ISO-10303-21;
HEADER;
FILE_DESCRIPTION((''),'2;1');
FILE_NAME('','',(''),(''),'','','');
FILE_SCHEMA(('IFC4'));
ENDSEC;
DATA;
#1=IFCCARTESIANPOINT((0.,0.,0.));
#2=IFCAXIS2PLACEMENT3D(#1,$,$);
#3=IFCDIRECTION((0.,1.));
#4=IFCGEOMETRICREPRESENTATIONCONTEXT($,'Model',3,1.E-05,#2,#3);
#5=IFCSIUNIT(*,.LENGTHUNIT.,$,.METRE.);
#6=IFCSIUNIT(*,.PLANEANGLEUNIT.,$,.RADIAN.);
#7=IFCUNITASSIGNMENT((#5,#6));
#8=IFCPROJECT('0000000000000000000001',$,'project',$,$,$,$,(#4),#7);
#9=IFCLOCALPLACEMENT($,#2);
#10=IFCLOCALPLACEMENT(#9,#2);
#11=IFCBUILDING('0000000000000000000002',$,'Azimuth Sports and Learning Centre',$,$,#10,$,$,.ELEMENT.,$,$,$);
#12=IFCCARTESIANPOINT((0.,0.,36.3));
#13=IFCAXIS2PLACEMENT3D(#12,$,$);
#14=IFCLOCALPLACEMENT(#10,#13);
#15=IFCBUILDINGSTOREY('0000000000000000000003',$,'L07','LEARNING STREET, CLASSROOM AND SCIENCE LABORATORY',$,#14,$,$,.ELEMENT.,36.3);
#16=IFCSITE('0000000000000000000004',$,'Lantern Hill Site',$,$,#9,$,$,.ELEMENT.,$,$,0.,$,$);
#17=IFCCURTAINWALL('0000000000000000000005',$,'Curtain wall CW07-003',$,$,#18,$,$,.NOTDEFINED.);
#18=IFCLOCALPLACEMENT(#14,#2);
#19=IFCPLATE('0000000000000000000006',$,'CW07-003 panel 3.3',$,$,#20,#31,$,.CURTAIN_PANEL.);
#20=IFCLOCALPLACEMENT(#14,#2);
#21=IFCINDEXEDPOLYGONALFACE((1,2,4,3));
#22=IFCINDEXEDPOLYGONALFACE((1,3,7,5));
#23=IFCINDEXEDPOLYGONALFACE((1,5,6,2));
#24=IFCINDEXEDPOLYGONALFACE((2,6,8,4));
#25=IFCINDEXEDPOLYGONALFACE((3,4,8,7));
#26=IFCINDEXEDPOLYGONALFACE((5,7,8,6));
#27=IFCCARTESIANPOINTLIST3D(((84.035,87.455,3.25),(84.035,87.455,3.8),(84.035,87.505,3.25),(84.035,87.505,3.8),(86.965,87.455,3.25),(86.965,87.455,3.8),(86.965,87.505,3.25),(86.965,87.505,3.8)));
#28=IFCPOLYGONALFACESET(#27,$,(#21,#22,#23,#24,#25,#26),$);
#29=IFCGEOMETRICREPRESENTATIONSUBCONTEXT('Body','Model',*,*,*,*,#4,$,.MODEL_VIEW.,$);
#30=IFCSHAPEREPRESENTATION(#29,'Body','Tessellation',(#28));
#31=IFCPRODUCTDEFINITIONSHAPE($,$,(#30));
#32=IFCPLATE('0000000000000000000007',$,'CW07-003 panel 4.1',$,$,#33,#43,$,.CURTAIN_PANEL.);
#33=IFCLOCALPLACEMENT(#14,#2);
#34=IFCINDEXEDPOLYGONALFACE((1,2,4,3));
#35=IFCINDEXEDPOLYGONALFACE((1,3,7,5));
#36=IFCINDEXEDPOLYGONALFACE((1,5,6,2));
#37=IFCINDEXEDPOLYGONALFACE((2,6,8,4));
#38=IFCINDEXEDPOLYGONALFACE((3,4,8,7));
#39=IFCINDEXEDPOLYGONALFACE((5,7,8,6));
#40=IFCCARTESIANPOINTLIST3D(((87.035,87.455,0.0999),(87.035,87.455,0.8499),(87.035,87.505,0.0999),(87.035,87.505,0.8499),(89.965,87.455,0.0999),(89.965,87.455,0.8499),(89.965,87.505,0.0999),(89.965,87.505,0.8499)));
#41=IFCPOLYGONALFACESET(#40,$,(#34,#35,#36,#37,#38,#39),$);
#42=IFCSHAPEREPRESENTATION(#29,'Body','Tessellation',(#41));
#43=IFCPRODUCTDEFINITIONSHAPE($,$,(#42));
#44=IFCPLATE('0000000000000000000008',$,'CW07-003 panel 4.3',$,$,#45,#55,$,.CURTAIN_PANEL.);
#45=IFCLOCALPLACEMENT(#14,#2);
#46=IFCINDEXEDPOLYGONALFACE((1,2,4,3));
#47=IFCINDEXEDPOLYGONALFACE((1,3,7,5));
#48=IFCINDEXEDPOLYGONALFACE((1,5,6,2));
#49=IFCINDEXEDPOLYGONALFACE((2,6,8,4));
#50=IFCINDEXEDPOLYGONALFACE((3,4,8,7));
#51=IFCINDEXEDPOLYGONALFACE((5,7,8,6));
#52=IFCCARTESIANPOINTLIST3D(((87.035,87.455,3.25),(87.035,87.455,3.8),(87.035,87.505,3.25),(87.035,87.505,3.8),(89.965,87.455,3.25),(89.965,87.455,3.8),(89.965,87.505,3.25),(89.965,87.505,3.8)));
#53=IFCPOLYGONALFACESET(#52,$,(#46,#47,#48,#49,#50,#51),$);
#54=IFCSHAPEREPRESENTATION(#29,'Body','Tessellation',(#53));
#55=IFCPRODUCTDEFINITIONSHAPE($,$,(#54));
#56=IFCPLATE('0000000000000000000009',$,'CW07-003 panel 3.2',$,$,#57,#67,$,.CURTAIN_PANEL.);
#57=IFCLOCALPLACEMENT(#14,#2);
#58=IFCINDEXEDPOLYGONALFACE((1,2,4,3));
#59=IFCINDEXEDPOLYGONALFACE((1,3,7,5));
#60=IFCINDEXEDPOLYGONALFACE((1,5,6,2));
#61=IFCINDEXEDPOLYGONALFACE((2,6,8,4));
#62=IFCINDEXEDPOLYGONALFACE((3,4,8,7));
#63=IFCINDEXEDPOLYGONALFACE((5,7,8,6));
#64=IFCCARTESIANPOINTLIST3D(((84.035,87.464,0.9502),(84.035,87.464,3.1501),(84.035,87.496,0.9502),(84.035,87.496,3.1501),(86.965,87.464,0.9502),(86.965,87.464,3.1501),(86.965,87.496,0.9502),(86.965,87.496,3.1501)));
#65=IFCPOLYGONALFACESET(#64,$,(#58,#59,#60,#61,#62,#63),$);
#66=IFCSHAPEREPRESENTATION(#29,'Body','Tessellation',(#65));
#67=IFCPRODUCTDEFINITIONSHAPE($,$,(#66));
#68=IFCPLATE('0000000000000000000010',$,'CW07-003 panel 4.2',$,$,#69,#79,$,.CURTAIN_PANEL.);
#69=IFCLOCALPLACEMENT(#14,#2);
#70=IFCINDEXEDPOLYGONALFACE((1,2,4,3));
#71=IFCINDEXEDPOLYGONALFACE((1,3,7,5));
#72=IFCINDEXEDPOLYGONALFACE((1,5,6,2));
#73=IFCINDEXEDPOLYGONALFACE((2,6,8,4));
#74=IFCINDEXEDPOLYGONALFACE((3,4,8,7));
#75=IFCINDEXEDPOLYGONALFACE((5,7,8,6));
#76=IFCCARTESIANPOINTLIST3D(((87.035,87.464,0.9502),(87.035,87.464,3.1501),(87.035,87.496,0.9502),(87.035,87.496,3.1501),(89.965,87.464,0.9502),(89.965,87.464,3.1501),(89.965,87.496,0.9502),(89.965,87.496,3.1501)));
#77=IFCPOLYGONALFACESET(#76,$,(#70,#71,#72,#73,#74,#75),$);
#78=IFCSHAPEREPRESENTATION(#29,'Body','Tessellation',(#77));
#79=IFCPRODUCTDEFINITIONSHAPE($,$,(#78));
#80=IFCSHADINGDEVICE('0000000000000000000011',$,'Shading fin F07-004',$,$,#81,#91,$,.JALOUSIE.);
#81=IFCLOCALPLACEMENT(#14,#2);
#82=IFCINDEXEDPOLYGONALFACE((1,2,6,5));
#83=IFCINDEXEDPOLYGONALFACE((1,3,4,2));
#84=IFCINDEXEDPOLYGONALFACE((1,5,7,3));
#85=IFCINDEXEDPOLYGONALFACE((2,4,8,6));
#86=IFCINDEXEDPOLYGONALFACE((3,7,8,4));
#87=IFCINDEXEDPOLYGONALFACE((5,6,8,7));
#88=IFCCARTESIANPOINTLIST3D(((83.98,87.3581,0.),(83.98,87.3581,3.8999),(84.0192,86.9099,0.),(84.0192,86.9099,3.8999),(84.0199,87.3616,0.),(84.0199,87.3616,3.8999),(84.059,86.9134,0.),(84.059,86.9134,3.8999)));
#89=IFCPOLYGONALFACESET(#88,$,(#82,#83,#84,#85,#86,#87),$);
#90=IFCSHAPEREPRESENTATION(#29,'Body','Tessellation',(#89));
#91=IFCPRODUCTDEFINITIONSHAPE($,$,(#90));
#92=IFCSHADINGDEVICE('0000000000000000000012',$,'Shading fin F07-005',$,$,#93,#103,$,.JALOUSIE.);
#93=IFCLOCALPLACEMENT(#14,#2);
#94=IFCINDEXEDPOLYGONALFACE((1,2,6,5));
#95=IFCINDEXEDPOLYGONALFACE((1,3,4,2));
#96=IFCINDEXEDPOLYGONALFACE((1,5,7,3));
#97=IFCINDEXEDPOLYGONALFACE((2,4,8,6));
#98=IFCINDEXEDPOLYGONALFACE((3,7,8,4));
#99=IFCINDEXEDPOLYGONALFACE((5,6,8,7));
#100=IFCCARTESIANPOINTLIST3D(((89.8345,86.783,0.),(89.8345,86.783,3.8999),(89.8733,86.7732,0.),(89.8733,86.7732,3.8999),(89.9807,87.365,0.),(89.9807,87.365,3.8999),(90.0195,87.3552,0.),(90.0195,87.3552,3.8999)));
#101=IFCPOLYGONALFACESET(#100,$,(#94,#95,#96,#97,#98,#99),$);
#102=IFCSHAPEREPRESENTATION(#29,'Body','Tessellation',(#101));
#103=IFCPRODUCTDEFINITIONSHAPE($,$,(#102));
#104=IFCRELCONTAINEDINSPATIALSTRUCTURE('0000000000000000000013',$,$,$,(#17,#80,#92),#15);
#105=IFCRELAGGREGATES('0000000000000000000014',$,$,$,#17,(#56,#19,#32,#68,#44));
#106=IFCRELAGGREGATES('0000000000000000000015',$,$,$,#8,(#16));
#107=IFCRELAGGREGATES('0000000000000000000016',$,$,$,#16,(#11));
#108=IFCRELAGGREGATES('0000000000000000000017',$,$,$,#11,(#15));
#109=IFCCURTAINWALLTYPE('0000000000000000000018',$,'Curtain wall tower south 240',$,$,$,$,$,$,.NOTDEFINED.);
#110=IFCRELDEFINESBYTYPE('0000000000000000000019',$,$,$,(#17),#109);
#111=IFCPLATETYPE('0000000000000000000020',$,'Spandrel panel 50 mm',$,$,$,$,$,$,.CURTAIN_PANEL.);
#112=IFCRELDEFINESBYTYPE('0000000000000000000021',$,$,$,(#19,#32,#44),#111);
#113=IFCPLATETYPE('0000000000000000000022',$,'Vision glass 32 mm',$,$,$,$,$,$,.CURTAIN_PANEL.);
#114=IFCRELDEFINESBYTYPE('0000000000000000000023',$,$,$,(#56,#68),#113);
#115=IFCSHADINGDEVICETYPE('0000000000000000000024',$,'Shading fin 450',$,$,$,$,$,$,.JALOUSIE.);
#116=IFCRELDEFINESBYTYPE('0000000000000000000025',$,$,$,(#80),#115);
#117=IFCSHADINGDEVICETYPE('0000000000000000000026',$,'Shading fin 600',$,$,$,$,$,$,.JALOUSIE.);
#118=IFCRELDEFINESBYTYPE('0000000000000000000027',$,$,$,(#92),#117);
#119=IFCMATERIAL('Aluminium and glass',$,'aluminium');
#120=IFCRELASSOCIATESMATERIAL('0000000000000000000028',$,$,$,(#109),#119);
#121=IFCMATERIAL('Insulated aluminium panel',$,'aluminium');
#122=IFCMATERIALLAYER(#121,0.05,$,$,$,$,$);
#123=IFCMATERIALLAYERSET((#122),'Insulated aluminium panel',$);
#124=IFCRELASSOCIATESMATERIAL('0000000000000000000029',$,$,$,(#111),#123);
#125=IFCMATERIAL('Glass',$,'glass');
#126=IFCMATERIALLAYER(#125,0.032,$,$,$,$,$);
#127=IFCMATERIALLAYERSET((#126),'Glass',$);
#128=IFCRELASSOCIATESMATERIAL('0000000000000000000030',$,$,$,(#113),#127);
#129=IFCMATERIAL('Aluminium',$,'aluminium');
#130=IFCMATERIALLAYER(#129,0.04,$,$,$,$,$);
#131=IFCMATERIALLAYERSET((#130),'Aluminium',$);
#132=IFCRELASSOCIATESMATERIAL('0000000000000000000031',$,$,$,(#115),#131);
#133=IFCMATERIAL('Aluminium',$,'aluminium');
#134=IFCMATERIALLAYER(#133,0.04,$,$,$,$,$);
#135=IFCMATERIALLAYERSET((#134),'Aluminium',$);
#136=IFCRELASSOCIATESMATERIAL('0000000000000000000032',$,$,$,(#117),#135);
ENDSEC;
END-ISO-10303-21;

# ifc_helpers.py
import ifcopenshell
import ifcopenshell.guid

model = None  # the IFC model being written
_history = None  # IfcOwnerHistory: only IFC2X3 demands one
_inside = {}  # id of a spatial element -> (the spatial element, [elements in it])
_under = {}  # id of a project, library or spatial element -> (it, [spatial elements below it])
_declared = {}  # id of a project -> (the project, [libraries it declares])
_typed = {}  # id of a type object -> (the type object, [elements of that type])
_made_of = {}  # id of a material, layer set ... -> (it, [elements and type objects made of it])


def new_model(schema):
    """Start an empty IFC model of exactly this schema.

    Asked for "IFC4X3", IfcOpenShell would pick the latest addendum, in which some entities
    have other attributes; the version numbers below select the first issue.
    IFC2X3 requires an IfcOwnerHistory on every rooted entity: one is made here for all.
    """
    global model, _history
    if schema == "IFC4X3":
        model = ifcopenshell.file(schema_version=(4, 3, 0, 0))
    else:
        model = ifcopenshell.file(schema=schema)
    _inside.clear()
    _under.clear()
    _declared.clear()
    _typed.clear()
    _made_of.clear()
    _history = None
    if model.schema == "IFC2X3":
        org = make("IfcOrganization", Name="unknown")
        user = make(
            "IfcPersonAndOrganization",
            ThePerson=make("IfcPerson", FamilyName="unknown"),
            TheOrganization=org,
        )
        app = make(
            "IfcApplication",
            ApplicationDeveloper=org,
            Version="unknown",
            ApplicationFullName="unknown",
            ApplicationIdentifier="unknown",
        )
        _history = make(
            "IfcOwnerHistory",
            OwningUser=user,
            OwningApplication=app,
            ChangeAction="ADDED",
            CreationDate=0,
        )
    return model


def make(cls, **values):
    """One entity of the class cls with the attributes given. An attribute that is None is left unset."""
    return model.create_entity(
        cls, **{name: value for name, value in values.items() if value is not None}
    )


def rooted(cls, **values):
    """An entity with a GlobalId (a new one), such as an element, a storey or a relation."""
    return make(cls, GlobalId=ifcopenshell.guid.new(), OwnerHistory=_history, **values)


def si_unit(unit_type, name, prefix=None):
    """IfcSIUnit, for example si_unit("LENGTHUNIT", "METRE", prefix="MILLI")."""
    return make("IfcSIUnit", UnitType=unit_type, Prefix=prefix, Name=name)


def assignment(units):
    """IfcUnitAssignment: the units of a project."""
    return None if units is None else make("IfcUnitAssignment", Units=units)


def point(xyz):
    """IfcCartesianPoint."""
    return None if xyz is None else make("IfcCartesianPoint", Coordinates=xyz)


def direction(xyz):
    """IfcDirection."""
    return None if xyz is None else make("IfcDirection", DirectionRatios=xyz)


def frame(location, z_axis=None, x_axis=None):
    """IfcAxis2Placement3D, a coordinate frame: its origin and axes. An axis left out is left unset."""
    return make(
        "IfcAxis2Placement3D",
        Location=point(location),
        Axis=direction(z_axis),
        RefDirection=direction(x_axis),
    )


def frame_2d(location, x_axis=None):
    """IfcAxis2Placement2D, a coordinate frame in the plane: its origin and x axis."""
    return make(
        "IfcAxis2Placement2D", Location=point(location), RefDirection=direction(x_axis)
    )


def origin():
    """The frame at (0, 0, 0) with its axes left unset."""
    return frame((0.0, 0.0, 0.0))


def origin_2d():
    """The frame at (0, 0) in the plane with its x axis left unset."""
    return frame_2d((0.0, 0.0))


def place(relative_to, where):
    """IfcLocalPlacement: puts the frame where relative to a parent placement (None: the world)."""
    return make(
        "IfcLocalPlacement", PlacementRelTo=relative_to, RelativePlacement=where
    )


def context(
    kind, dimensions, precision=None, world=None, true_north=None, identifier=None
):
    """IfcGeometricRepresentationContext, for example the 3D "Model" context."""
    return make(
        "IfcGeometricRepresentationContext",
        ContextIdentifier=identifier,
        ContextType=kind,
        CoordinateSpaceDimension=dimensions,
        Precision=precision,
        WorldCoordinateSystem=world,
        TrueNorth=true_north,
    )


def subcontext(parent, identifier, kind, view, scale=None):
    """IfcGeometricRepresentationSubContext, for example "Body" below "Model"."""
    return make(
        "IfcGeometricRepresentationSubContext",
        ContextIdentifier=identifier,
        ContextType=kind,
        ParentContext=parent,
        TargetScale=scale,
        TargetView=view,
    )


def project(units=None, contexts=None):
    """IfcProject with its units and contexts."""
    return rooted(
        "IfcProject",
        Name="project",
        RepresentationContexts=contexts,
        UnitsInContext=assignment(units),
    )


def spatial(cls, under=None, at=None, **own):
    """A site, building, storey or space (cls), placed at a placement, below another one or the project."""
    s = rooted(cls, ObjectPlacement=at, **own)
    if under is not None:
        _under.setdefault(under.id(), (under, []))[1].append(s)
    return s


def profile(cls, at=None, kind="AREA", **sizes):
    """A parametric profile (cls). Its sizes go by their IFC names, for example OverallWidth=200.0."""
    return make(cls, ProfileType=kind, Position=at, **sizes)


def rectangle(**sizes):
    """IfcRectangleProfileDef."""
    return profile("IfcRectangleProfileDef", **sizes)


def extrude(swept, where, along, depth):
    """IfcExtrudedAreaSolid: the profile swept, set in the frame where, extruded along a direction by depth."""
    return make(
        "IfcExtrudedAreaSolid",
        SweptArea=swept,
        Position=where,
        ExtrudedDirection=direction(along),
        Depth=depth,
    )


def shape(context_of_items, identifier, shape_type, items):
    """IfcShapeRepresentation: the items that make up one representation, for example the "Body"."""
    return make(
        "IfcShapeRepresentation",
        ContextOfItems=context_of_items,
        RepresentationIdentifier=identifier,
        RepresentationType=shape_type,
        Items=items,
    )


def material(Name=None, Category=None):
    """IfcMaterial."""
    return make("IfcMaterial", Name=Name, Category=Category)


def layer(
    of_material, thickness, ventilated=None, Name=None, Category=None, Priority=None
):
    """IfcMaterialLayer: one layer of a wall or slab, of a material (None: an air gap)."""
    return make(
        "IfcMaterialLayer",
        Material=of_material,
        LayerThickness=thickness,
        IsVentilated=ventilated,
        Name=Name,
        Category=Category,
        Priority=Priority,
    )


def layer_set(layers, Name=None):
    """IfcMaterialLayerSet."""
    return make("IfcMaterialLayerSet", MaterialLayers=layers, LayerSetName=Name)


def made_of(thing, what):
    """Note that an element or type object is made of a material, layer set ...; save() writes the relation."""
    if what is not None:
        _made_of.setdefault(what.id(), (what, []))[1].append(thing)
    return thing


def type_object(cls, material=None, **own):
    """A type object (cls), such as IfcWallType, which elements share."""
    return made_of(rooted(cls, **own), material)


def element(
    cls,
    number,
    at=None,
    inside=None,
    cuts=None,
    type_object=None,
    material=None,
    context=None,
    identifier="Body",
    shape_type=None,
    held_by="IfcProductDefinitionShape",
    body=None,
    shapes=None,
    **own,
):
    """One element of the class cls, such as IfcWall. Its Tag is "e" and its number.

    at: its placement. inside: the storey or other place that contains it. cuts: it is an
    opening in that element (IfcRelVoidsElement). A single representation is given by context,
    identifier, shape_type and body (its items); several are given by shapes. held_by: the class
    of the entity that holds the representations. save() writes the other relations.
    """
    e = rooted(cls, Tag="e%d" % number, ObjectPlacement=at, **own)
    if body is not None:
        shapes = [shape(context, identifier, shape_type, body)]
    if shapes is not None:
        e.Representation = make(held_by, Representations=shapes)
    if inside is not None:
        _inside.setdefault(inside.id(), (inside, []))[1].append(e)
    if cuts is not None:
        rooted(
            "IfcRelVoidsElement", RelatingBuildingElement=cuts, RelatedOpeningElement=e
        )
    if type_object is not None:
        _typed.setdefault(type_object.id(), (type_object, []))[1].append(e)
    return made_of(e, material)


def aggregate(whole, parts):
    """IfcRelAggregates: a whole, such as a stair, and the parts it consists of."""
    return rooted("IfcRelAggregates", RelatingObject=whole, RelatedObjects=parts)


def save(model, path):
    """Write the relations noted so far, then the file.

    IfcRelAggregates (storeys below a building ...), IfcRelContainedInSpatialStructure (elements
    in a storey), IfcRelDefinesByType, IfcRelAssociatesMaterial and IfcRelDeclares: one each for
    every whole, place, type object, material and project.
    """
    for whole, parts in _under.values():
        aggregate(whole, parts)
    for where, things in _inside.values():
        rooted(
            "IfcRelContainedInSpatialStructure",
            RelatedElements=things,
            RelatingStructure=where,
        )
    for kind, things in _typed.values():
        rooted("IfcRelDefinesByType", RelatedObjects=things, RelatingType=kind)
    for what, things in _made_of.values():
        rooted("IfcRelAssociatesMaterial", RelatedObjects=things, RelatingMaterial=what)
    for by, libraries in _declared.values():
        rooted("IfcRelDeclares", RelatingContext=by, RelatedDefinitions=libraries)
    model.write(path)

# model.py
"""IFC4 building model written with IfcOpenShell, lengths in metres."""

from ifc_helpers import new_model, si_unit, direction, frame, origin, origin_2d, place, context, subcontext, project, spatial, rectangle, extrude, material, layer, layer_set, type_object, element, aggregate, save


model = new_model("IFC4")

# Units and contexts
model_context = context("Model", 3, precision=1e-05, world=origin(), true_north=direction((0.0, 1.0)))
body_context = subcontext(model_context, "Body", "Model", "MODEL_VIEW")
ifc_project = project(units=[si_unit("LENGTHUNIT", "METRE"), si_unit("PLANEANGLEUNIT", "RADIAN")], contexts=[model_context])

# Site, building, storey
site_placement = place(None, origin())
site = spatial("IfcSite", under=ifc_project, at=site_placement, Name="Lantern Hill Site", CompositionType="ELEMENT", RefElevation=0.0)
building_placement = place(site_placement, origin())
building = spatial("IfcBuilding", under=site, at=building_placement, Name="Azimuth Sports and Learning Centre", CompositionType="ELEMENT")
storey_placement = place(building_placement, frame((0.0, 0.0, 36.3)))
storey = spatial("IfcBuildingStorey", under=building, at=storey_placement, Name="L07", Description="LEARNING STREET, CLASSROOM AND SCIENCE LABORATORY", CompositionType="ELEMENT", Elevation=36.3)

# Curtain wall, plates
ifc_material_1 = material(Name="Aluminium and glass", Category="aluminium")
curtain_wall_type = type_object("IfcCurtainWallType", Name="Curtain wall tower south 240", PredefinedType="NOTDEFINED", material=ifc_material_1)
curtain_wall_placement = place(storey_placement, origin())
curtain_wall = element("IfcCurtainWall", 1, at=curtain_wall_placement, inside=storey, type_object=curtain_wall_type, Name="Curtain wall CW07-003", PredefinedType="NOTDEFINED")
ifc_material_2 = material(Name="Insulated aluminium panel", Category="aluminium")
ifc_layer_1 = layer(ifc_material_2, 0.05)
ifc_layer_set_1 = layer_set([ifc_layer_1], Name="Insulated aluminium panel")
plate_type_1 = type_object("IfcPlateType", Name="Spandrel panel 50 mm", PredefinedType="CURTAIN_PANEL", material=ifc_layer_set_1)
plate_1_placement = place(storey_placement, frame((85.5, 87.48, 3.25), z_axis=(0.0, 0.0, 1.0), x_axis=(1.0, 0.0, 0.0)))
plate_1 = element("IfcPlate", 2, at=plate_1_placement, type_object=plate_type_1, Name="CW07-003 panel 3.3", PredefinedType="CURTAIN_PANEL", context=body_context, shape_type="SweptSolid", body=[
    extrude(rectangle(XDim=2.9299, YDim=0.05, at=origin_2d()), origin(), (0.0, 0.0, 1.0), 0.55),
])
plate_2_placement = place(storey_placement, frame((88.5, 87.48, 0.0999), z_axis=(0.0, 0.0, 1.0), x_axis=(1.0, 0.0, 0.0)))
plate_2 = element("IfcPlate", 3, at=plate_2_placement, type_object=plate_type_1, Name="CW07-003 panel 4.1", PredefinedType="CURTAIN_PANEL", context=body_context, shape_type="SweptSolid", body=[
    extrude(rectangle(XDim=2.9299, YDim=0.05, at=origin_2d()), origin(), (0.0, 0.0, 1.0), 0.75),
])
plate_3_placement = place(storey_placement, frame((88.5, 87.48, 3.25), z_axis=(0.0, 0.0, 1.0), x_axis=(1.0, 0.0, 0.0)))
plate_3 = element("IfcPlate", 4, at=plate_3_placement, type_object=plate_type_1, Name="CW07-003 panel 4.3", PredefinedType="CURTAIN_PANEL", context=body_context, shape_type="SweptSolid", body=[
    extrude(rectangle(XDim=2.9299, YDim=0.05, at=origin_2d()), origin(), (0.0, 0.0, 1.0), 0.55),
])
ifc_material_3 = material(Name="Glass", Category="glass")
ifc_layer_2 = layer(ifc_material_3, 0.032)
ifc_layer_set_2 = layer_set([ifc_layer_2], Name="Glass")
plate_type_2 = type_object("IfcPlateType", Name="Vision glass 32 mm", PredefinedType="CURTAIN_PANEL", material=ifc_layer_set_2)
plate_4_placement = place(storey_placement, frame((85.5, 87.48, 0.9502), z_axis=(0.0, 0.0, 1.0), x_axis=(1.0, 0.0, 0.0)))
plate_4 = element("IfcPlate", 5, at=plate_4_placement, type_object=plate_type_2, Name="CW07-003 panel 3.2", PredefinedType="CURTAIN_PANEL", context=body_context, shape_type="SweptSolid", body=[
    extrude(rectangle(XDim=2.9299, YDim=0.032, at=origin_2d()), origin(), (0.0, 0.0, 1.0), 2.2),
])
plate_5_placement = place(storey_placement, frame((88.5, 87.48, 0.9502), z_axis=(0.0, 0.0, 1.0), x_axis=(1.0, 0.0, 0.0)))
plate_5 = element("IfcPlate", 6, at=plate_5_placement, type_object=plate_type_2, Name="CW07-003 panel 4.2", PredefinedType="CURTAIN_PANEL", context=body_context, shape_type="SweptSolid", body=[
    extrude(rectangle(XDim=2.9299, YDim=0.032, at=origin_2d()), origin(), (0.0, 0.0, 1.0), 2.2),
])
aggregate(curtain_wall, [plate_4, plate_1, plate_2, plate_5, plate_3])

# Shading devices
ifc_material_4 = material(Name="Aluminium", Category="aluminium")
ifc_layer_3 = layer(ifc_material_4, 0.04)
ifc_layer_set_3 = layer_set([ifc_layer_3], Name="Aluminium")
shading_device_type_1 = type_object("IfcShadingDeviceType", Name="Shading fin 450", PredefinedType="JALOUSIE", material=ifc_layer_set_3)
shading_device_1_placement = place(storey_placement, frame((84.0195, 87.1357, 0.0), z_axis=(0.0, 0.0, 1.0), x_axis=(0.08698, -0.99621, 0.0)))
element("IfcShadingDevice", 7, at=shading_device_1_placement, inside=storey, type_object=shading_device_type_1, Name="Shading fin F07-004", PredefinedType="JALOUSIE", context=body_context, shape_type="SweptSolid", body=[
    extrude(rectangle(XDim=0.45, YDim=0.04, at=origin_2d()), origin(), (0.0, 0.0, 1.0), 3.8999),
])
ifc_material_5 = material(Name="Aluminium", Category="aluminium")
ifc_layer_4 = layer(ifc_material_5, 0.04)
ifc_layer_set_4 = layer_set([ifc_layer_4], Name="Aluminium")
shading_device_type_2 = type_object("IfcShadingDeviceType", Name="Shading fin 600", PredefinedType="JALOUSIE", material=ifc_layer_set_4)
shading_device_2_placement = place(storey_placement, frame((89.927, 87.0691, 0.0), z_axis=(0.0, 0.0, 1.0), x_axis=(-0.243731, -0.969843, 0.0)))
element("IfcShadingDevice", 8, at=shading_device_2_placement, inside=storey, type_object=shading_device_type_2, Name="Shading fin F07-005", PredefinedType="JALOUSIE", context=body_context, shape_type="SweptSolid", body=[
    extrude(rectangle(XDim=0.6001, YDim=0.04, at=origin_2d()), origin(), (0.0, 0.0, 1.0), 3.8999),
])

save(model, "model.ifc")
